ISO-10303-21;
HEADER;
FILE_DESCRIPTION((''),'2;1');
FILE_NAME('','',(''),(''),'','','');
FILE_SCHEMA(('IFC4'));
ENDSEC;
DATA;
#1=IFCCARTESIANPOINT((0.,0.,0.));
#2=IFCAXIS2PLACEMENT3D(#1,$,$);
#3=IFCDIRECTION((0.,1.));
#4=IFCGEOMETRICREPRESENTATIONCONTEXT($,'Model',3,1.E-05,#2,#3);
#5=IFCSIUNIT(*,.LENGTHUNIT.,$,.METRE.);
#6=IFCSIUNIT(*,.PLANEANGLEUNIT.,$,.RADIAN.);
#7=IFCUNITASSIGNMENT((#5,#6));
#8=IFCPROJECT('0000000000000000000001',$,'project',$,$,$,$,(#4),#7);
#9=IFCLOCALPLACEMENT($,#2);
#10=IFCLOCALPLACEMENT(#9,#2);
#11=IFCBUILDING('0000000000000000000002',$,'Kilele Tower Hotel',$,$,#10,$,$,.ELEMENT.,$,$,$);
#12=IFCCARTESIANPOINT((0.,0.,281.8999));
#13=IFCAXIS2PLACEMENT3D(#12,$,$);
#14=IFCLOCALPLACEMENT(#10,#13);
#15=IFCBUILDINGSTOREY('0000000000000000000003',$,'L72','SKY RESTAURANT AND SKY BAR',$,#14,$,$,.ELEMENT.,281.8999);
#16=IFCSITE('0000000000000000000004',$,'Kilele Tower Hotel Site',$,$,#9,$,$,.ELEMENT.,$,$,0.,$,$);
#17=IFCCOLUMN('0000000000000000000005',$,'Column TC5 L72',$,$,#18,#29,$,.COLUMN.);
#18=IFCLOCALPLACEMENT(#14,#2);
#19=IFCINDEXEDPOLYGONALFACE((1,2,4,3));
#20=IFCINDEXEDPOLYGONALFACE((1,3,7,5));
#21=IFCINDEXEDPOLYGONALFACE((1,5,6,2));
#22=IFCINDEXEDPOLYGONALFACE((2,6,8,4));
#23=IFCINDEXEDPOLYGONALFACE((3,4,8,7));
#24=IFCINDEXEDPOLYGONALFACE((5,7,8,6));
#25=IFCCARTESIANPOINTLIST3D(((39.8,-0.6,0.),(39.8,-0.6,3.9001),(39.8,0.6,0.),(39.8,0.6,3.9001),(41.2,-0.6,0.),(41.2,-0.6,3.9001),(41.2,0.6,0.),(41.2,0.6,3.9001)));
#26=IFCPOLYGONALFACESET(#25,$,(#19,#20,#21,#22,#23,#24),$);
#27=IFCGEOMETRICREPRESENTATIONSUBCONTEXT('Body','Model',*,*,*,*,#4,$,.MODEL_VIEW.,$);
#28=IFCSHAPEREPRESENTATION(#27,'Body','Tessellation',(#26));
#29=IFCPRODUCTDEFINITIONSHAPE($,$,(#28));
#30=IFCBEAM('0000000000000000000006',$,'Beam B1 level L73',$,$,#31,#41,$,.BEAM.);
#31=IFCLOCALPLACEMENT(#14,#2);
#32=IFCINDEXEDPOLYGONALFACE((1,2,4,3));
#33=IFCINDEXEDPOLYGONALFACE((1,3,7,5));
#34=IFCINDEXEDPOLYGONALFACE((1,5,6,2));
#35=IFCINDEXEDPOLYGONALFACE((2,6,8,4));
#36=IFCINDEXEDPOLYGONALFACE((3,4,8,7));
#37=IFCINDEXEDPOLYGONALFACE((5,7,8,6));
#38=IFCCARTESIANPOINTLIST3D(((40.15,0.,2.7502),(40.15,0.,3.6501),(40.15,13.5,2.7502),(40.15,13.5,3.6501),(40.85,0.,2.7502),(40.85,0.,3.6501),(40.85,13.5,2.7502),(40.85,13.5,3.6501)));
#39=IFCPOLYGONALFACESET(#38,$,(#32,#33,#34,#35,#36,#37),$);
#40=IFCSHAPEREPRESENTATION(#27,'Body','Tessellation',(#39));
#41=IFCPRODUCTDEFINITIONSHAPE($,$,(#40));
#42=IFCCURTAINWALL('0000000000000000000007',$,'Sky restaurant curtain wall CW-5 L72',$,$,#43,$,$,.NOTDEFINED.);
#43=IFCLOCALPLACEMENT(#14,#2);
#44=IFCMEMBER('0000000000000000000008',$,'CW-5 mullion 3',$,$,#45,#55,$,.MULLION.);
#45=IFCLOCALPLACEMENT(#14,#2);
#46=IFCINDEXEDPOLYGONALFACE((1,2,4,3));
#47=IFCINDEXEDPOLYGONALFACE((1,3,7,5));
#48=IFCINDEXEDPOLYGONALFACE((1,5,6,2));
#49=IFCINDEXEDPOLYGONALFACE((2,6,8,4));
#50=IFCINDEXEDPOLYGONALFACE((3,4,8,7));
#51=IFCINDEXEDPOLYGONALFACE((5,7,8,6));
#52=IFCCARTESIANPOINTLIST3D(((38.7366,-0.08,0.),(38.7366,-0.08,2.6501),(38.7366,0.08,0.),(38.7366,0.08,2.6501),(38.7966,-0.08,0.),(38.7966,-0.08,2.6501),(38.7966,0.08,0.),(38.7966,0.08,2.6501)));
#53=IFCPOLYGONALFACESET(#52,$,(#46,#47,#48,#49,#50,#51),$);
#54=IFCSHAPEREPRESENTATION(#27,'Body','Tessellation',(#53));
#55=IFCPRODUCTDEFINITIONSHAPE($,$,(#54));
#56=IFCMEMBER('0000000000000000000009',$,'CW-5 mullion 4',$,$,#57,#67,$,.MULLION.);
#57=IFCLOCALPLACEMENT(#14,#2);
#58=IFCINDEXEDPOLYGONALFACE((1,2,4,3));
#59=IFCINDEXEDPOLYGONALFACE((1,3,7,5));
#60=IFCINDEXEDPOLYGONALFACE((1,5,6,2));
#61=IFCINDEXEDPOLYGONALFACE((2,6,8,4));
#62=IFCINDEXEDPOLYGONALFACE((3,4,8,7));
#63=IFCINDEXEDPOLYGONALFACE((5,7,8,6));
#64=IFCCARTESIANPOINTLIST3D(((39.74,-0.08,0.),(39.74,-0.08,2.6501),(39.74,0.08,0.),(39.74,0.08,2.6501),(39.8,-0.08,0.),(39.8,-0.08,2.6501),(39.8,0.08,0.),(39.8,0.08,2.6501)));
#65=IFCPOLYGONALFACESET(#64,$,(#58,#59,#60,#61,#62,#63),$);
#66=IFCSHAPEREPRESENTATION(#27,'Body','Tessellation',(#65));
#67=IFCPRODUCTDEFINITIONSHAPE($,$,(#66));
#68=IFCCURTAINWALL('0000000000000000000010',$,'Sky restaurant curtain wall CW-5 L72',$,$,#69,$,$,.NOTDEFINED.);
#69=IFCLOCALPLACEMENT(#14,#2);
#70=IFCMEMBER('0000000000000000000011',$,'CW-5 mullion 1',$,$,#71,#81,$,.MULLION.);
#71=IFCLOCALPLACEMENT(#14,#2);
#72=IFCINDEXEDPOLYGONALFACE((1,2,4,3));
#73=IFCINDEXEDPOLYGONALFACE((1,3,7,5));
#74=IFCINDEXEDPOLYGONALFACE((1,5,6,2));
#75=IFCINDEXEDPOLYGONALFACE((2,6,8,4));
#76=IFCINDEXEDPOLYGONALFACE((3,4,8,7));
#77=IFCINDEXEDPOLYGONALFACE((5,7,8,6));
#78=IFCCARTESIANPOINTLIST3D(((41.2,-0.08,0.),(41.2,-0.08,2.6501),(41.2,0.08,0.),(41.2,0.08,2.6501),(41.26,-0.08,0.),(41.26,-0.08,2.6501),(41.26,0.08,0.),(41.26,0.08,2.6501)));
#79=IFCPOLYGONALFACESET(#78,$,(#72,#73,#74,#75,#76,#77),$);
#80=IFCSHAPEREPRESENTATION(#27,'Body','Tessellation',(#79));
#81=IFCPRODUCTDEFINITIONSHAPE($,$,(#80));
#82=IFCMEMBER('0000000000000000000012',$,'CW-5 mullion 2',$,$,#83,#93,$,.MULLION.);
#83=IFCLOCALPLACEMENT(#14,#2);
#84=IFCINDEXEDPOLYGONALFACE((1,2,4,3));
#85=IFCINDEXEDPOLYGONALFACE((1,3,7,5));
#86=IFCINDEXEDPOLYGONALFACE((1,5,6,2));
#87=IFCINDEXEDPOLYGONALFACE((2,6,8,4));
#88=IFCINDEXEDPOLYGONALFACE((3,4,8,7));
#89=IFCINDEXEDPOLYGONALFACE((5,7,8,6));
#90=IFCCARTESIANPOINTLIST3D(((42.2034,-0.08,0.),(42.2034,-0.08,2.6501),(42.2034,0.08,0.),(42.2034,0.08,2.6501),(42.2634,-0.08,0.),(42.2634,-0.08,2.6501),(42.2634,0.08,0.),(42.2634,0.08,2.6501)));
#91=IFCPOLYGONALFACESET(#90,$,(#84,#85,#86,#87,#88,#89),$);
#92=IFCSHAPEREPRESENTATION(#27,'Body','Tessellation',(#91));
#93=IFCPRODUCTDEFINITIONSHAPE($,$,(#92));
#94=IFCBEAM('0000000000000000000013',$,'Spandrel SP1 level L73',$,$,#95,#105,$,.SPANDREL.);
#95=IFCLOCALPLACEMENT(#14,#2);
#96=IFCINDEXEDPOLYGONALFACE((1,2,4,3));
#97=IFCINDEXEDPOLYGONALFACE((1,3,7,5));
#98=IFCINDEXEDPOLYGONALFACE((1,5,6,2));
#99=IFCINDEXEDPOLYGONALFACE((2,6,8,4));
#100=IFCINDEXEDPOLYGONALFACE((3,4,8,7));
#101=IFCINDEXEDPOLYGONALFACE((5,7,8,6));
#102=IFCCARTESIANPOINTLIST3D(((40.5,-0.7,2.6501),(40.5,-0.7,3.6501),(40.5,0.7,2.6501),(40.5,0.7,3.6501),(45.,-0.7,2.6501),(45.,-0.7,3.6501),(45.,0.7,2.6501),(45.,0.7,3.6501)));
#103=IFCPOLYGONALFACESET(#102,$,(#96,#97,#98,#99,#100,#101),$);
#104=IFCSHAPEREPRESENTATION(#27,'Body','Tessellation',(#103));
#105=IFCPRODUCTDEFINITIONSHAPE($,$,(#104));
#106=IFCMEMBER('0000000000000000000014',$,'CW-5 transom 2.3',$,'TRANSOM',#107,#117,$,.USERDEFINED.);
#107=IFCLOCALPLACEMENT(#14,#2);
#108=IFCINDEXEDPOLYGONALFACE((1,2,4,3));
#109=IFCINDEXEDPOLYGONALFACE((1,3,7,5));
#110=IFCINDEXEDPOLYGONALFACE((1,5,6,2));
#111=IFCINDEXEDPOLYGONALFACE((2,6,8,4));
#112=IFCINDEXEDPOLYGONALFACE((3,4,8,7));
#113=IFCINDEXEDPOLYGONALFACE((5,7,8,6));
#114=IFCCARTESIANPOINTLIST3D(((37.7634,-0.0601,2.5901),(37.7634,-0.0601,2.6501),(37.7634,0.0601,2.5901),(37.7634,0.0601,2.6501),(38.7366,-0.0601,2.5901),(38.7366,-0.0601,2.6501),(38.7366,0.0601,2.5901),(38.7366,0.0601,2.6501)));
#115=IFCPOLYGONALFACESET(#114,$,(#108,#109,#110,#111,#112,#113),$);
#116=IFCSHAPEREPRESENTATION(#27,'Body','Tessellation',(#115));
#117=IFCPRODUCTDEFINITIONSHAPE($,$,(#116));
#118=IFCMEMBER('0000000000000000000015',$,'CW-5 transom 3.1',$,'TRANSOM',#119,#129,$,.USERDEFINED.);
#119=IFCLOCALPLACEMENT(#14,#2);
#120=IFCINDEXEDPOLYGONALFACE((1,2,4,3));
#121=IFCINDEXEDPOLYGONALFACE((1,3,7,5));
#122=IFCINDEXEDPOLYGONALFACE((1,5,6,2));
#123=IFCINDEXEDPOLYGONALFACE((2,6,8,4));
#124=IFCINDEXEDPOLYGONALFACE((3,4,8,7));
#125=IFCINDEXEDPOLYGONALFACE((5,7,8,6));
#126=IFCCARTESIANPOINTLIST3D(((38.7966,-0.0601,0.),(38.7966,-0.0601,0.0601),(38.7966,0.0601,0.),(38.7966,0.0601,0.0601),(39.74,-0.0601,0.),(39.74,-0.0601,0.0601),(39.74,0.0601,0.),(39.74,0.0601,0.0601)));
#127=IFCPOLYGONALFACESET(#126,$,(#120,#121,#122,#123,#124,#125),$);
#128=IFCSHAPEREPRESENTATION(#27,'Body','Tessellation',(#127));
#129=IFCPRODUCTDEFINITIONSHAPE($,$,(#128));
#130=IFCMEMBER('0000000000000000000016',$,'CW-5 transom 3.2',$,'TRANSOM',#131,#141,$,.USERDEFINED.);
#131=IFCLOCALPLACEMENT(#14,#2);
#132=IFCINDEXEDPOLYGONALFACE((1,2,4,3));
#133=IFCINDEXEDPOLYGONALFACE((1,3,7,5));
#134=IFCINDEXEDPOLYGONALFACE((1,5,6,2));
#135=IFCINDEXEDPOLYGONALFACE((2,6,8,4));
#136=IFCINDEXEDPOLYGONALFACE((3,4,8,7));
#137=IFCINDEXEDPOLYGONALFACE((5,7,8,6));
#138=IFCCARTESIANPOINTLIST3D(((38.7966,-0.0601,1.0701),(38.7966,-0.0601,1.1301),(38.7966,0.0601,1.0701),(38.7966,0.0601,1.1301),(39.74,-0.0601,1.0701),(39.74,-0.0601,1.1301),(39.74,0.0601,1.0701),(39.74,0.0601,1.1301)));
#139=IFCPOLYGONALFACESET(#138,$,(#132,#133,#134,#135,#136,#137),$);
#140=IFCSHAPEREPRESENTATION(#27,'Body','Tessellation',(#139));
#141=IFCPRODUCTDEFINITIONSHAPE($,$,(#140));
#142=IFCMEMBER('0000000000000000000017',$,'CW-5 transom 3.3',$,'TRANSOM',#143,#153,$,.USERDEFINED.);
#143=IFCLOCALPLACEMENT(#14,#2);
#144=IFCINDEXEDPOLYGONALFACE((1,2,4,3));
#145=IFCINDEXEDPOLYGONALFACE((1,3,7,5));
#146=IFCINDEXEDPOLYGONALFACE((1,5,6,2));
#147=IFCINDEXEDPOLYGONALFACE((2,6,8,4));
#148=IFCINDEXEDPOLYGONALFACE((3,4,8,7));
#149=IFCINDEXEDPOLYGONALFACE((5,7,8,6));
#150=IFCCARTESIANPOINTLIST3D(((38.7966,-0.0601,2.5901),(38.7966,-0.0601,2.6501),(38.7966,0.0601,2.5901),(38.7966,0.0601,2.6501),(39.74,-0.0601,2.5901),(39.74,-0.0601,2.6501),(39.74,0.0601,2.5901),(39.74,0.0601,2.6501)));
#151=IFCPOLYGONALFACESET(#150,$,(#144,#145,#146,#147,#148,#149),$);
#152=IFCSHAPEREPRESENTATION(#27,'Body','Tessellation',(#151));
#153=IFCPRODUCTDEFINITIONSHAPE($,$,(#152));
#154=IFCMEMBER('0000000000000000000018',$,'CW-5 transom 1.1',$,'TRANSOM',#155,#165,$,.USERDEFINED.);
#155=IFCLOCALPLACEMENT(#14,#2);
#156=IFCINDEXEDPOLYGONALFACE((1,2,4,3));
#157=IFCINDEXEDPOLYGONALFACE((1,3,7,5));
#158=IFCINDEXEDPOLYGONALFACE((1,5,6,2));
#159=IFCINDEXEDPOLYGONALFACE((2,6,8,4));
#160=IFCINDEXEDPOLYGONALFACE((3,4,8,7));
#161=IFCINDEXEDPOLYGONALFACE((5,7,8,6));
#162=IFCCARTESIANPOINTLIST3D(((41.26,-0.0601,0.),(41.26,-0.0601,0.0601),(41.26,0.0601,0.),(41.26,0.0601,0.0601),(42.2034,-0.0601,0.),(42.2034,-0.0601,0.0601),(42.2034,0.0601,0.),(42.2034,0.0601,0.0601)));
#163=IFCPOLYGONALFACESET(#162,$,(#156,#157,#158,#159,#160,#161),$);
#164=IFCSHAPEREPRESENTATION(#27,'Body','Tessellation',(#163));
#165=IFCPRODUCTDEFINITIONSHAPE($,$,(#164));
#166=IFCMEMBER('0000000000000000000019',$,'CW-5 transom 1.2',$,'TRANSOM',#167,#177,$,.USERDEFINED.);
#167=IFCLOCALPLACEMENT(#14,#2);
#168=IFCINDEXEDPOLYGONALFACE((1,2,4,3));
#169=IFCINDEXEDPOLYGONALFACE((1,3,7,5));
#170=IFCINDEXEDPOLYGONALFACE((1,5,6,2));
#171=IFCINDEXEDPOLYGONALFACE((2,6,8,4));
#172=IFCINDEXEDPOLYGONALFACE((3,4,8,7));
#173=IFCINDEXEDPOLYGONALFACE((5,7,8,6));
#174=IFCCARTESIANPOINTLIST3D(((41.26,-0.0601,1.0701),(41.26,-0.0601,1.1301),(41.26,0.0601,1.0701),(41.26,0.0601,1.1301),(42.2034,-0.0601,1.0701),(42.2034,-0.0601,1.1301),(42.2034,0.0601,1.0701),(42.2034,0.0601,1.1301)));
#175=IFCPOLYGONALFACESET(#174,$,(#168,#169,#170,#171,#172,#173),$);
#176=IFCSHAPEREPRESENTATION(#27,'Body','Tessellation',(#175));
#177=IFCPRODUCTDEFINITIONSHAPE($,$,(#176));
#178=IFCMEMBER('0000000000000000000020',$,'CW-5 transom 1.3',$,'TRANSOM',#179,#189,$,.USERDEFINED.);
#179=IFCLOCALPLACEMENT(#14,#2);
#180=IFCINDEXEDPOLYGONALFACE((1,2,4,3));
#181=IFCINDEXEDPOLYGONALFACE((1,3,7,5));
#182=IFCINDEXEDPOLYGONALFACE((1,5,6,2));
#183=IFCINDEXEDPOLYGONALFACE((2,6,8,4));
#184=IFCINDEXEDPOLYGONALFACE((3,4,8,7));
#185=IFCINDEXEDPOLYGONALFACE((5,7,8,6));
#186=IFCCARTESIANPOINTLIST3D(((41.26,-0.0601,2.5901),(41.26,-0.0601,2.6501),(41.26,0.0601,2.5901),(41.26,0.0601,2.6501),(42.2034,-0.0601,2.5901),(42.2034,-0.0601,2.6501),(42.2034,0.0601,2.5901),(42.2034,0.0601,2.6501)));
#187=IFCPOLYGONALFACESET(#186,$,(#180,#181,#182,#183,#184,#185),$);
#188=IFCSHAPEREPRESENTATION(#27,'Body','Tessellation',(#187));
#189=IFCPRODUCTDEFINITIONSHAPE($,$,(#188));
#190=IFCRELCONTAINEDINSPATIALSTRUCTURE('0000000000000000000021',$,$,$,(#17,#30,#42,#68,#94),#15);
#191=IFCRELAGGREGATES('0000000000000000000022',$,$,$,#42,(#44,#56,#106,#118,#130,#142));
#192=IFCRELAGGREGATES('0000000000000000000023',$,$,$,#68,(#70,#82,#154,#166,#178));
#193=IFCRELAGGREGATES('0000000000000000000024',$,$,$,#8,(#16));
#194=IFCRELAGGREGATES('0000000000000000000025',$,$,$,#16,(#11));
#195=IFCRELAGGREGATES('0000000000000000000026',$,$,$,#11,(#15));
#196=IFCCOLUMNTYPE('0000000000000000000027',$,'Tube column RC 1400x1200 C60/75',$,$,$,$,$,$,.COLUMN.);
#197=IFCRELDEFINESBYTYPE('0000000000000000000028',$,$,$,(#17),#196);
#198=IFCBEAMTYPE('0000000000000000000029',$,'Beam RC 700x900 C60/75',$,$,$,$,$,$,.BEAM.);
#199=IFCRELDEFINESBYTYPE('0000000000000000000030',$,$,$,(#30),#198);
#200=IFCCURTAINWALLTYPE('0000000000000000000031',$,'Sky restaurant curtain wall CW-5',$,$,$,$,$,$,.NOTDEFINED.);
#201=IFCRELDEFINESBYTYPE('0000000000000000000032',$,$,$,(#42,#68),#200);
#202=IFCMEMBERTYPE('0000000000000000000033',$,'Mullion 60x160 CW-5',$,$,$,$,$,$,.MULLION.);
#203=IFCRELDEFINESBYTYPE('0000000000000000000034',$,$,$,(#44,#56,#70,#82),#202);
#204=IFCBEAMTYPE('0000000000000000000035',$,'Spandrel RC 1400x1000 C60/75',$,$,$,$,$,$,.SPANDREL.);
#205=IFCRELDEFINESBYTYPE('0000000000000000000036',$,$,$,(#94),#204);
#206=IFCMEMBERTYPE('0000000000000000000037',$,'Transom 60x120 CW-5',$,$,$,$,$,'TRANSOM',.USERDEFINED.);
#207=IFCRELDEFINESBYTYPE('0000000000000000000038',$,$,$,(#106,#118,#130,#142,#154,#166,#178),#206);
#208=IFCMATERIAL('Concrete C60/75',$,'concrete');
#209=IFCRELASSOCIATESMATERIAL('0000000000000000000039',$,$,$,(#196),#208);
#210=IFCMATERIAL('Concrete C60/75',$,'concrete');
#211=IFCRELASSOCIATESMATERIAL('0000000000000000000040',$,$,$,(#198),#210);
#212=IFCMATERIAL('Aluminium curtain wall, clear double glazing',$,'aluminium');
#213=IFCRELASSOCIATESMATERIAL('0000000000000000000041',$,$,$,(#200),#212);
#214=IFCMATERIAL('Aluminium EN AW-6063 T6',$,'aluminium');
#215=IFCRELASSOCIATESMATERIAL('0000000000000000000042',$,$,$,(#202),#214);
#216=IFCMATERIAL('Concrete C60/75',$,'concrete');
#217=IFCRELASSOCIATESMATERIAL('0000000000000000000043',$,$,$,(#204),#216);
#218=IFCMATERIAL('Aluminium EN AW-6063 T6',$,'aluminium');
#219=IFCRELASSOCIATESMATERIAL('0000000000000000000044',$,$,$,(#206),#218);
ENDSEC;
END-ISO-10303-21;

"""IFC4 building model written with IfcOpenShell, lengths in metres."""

from ifc_helpers import new_model, si_unit, direction, frame, origin, origin_2d, place, context, subcontext, project, spatial, rectangle, extrude, material, material_profile, profile_set, type_object, element, aggregate, save


model = new_model("IFC4")

# Units and contexts
model_context = context("Model", 3, precision=1e-05, world=origin(), true_north=direction((0.0, 1.0)))
body_context = subcontext(model_context, "Body", "Model", "MODEL_VIEW")
ifc_project = project(units=[si_unit("LENGTHUNIT", "METRE"), si_unit("PLANEANGLEUNIT", "RADIAN")], contexts=[model_context])

# Site, building, storey
site_placement = place(None, origin())
site = spatial("IfcSite", under=ifc_project, at=site_placement, Name="Kilele Tower Hotel Site", CompositionType="ELEMENT", RefElevation=0.0)
building_placement = place(site_placement, origin())
building = spatial("IfcBuilding", under=site, at=building_placement, Name="Kilele Tower Hotel", CompositionType="ELEMENT")
storey_placement = place(building_placement, frame((0.0, 0.0, 281.8999)))
storey = spatial("IfcBuildingStorey", under=building, at=storey_placement, Name="L72", Description="SKY RESTAURANT AND SKY BAR", CompositionType="ELEMENT", Elevation=281.8999)

# Column
ifc_material_1 = material(Name="Concrete C60/75", Category="concrete")
ifc_material_profile_1 = material_profile(ifc_material_1, rectangle(XDim=1.3999, YDim=1.2, at=origin_2d()))
ifc_profile_set_1 = profile_set([ifc_material_profile_1], Name="Concrete C60/75")
column_type = type_object("IfcColumnType", Name="Tube column RC 1400x1200 C60/75", PredefinedType="COLUMN", material=ifc_profile_set_1)
column_placement = place(storey_placement, frame((40.5, 0.0, 0.0), z_axis=(0.0, 0.0, 1.0), x_axis=(1.0, 0.0, 0.0)))
element("IfcColumn", 1, at=column_placement, inside=storey, type_object=column_type, Name="Column TC5 L72", PredefinedType="COLUMN", context=body_context, shape_type="SweptSolid", body=[
    extrude(rectangle(XDim=1.3999, YDim=1.2, at=origin_2d()), origin(), (0.0, 0.0, 1.0), 3.9001),
])

# Beam
ifc_material_2 = material(Name="Concrete C60/75", Category="concrete")
ifc_material_profile_2 = material_profile(ifc_material_2, rectangle(XDim=0.7, YDim=0.8999, at=origin_2d()))
ifc_profile_set_2 = profile_set([ifc_material_profile_2], Name="Concrete C60/75")
beam_type_1 = type_object("IfcBeamType", Name="Beam RC 700x900 C60/75", PredefinedType="BEAM", material=ifc_profile_set_2)
beam_1_placement = place(storey_placement, frame((40.5, 0.0, 3.2002), z_axis=(0.0, 1.0, 0.0), x_axis=(-1.0, 0.0, 0.0)))
element("IfcBeam", 2, at=beam_1_placement, inside=storey, type_object=beam_type_1, Name="Beam B1 level L73", PredefinedType="BEAM", context=body_context, shape_type="SweptSolid", body=[
    extrude(rectangle(XDim=0.7, YDim=0.8999, at=origin_2d()), origin(), (0.0, 0.0, 1.0), 13.5),
])

# Curtain walls, members
ifc_material_3 = material(Name="Aluminium curtain wall, clear double glazing", Category="aluminium")
curtain_wall_type = type_object("IfcCurtainWallType", Name="Sky restaurant curtain wall CW-5", PredefinedType="NOTDEFINED", material=ifc_material_3)
curtain_wall_1_placement = place(storey_placement, origin())
curtain_wall_1 = element("IfcCurtainWall", 3, at=curtain_wall_1_placement, inside=storey, type_object=curtain_wall_type, Name="Sky restaurant curtain wall CW-5 L72", PredefinedType="NOTDEFINED")
ifc_material_4 = material(Name="Aluminium EN AW-6063 T6", Category="aluminium")
ifc_material_profile_3 = material_profile(ifc_material_4, rectangle(XDim=0.1599, YDim=0.0601, at=origin_2d()))
ifc_profile_set_3 = profile_set([ifc_material_profile_3], Name="Aluminium EN AW-6063 T6")
member_type_1 = type_object("IfcMemberType", Name="Mullion 60x160 CW-5", PredefinedType="MULLION", material=ifc_profile_set_3)
member_1_placement = place(storey_placement, frame((38.7666, 0.0, 0.0), z_axis=(0.0, 0.0, 1.0), x_axis=(0.0, 1.0, 0.0)))
member_1 = element("IfcMember", 4, at=member_1_placement, type_object=member_type_1, Name="CW-5 mullion 3", PredefinedType="MULLION", context=body_context, shape_type="SweptSolid", body=[
    extrude(rectangle(XDim=0.1599, YDim=0.0601, at=origin_2d()), origin(), (0.0, 0.0, 1.0), 2.6501),
])
member_2_placement = place(storey_placement, frame((39.77, 0.0, 0.0), z_axis=(0.0, 0.0, 1.0), x_axis=(0.0, 1.0, 0.0)))
member_2 = element("IfcMember", 5, at=member_2_placement, type_object=member_type_1, Name="CW-5 mullion 4", PredefinedType="MULLION", context=body_context, shape_type="SweptSolid", body=[
    extrude(rectangle(XDim=0.1599, YDim=0.0601, at=origin_2d()), origin(), (0.0, 0.0, 1.0), 2.6501),
])
curtain_wall_2_placement = place(storey_placement, origin())
curtain_wall_2 = element("IfcCurtainWall", 6, at=curtain_wall_2_placement, inside=storey, type_object=curtain_wall_type, Name="Sky restaurant curtain wall CW-5 L72", PredefinedType="NOTDEFINED")
member_3_placement = place(storey_placement, frame((41.23, 0.0, 0.0), z_axis=(0.0, 0.0, 1.0), x_axis=(0.0, 1.0, 0.0)))
member_3 = element("IfcMember", 7, at=member_3_placement, type_object=member_type_1, Name="CW-5 mullion 1", PredefinedType="MULLION", context=body_context, shape_type="SweptSolid", body=[
    extrude(rectangle(XDim=0.1599, YDim=0.0601, at=origin_2d()), origin(), (0.0, 0.0, 1.0), 2.6501),
])
member_4_placement = place(storey_placement, frame((42.2334, 0.0, 0.0), z_axis=(0.0, 0.0, 1.0), x_axis=(0.0, 1.0, 0.0)))
member_4 = element("IfcMember", 8, at=member_4_placement, type_object=member_type_1, Name="CW-5 mullion 2", PredefinedType="MULLION", context=body_context, shape_type="SweptSolid", body=[
    extrude(rectangle(XDim=0.1599, YDim=0.0601, at=origin_2d()), origin(), (0.0, 0.0, 1.0), 2.6501),
])

# Beam
ifc_material_5 = material(Name="Concrete C60/75", Category="concrete")
ifc_material_profile_4 = material_profile(ifc_material_5, rectangle(XDim=1.3999, YDim=1.0, at=origin_2d()))
ifc_profile_set_4 = profile_set([ifc_material_profile_4], Name="Concrete C60/75")
beam_type_2 = type_object("IfcBeamType", Name="Spandrel RC 1400x1000 C60/75", PredefinedType="SPANDREL", material=ifc_profile_set_4)
beam_2_placement = place(storey_placement, frame((40.5, 0.0, 3.1501), z_axis=(1.0, 0.0, 0.0), x_axis=(0.0, 1.0, 0.0)))
element("IfcBeam", 9, at=beam_2_placement, inside=storey, type_object=beam_type_2, Name="Spandrel SP1 level L73", PredefinedType="SPANDREL", context=body_context, shape_type="SweptSolid", body=[
    extrude(rectangle(XDim=1.3999, YDim=1.0, at=origin_2d()), origin(), (0.0, 0.0, 1.0), 4.5),
])

# Members
ifc_material_6 = material(Name="Aluminium EN AW-6063 T6", Category="aluminium")
ifc_material_profile_5 = material_profile(ifc_material_6, rectangle(XDim=0.1201, YDim=0.0601, at=origin_2d()))
ifc_profile_set_5 = profile_set([ifc_material_profile_5], Name="Aluminium EN AW-6063 T6")
member_type_2 = type_object("IfcMemberType", Name="Transom 60x120 CW-5", ElementType="TRANSOM", PredefinedType="USERDEFINED", material=ifc_profile_set_5)
member_5_placement = place(storey_placement, frame((37.7634, 0.0, 2.6201), z_axis=(1.0, 0.0, 0.0), x_axis=(0.0, 1.0, 0.0)))
member_5 = element("IfcMember", 10, at=member_5_placement, type_object=member_type_2, Name="CW-5 transom 2.3", ObjectType="TRANSOM", PredefinedType="USERDEFINED", context=body_context, shape_type="SweptSolid", body=[
    extrude(rectangle(XDim=0.1201, YDim=0.0601, at=origin_2d()), origin(), (0.0, 0.0, 1.0), 0.9731),
])
member_6_placement = place(storey_placement, frame((38.7966, 0.0, 0.03), z_axis=(1.0, 0.0, 0.0), x_axis=(0.0, 1.0, 0.0)))
member_6 = element("IfcMember", 11, at=member_6_placement, type_object=member_type_2, Name="CW-5 transom 3.1", ObjectType="TRANSOM", PredefinedType="USERDEFINED", context=body_context, shape_type="SweptSolid", body=[
    extrude(rectangle(XDim=0.1201, YDim=0.0601, at=origin_2d()), origin(), (0.0, 0.0, 1.0), 0.9434),
])
member_7_placement = place(storey_placement, frame((38.7966, 0.0, 1.1001), z_axis=(1.0, 0.0, 0.0), x_axis=(0.0, 1.0, 0.0)))
member_7 = element("IfcMember", 12, at=member_7_placement, type_object=member_type_2, Name="CW-5 transom 3.2", ObjectType="TRANSOM", PredefinedType="USERDEFINED", context=body_context, shape_type="SweptSolid", body=[
    extrude(rectangle(XDim=0.1201, YDim=0.0601, at=origin_2d()), origin(), (0.0, 0.0, 1.0), 0.9434),
])
member_8_placement = place(storey_placement, frame((38.7966, 0.0, 2.6201), z_axis=(1.0, 0.0, 0.0), x_axis=(0.0, 1.0, 0.0)))
member_8 = element("IfcMember", 13, at=member_8_placement, type_object=member_type_2, Name="CW-5 transom 3.3", ObjectType="TRANSOM", PredefinedType="USERDEFINED", context=body_context, shape_type="SweptSolid", body=[
    extrude(rectangle(XDim=0.1201, YDim=0.0601, at=origin_2d()), origin(), (0.0, 0.0, 1.0), 0.9434),
])
member_9_placement = place(storey_placement, frame((41.26, 0.0, 0.03), z_axis=(1.0, 0.0, 0.0), x_axis=(0.0, 1.0, 0.0)))
member_9 = element("IfcMember", 14, at=member_9_placement, type_object=member_type_2, Name="CW-5 transom 1.1", ObjectType="TRANSOM", PredefinedType="USERDEFINED", context=body_context, shape_type="SweptSolid", body=[
    extrude(rectangle(XDim=0.1201, YDim=0.0601, at=origin_2d()), origin(), (0.0, 0.0, 1.0), 0.9434),
])
member_10_placement = place(storey_placement, frame((41.26, 0.0, 1.1001), z_axis=(1.0, 0.0, 0.0), x_axis=(0.0, 1.0, 0.0)))
member_10 = element("IfcMember", 15, at=member_10_placement, type_object=member_type_2, Name="CW-5 transom 1.2", ObjectType="TRANSOM", PredefinedType="USERDEFINED", context=body_context, shape_type="SweptSolid", body=[
    extrude(rectangle(XDim=0.1201, YDim=0.0601, at=origin_2d()), origin(), (0.0, 0.0, 1.0), 0.9434),
])
member_11_placement = place(storey_placement, frame((41.26, 0.0, 2.6201), z_axis=(1.0, 0.0, 0.0), x_axis=(0.0, 1.0, 0.0)))
member_11 = element("IfcMember", 16, at=member_11_placement, type_object=member_type_2, Name="CW-5 transom 1.3", ObjectType="TRANSOM", PredefinedType="USERDEFINED", context=body_context, shape_type="SweptSolid", body=[
    extrude(rectangle(XDim=0.1201, YDim=0.0601, at=origin_2d()), origin(), (0.0, 0.0, 1.0), 0.9434),
])

aggregate(curtain_wall_1, [member_1, member_2, member_5, member_6, member_7, member_8])
aggregate(curtain_wall_2, [member_3, member_4, member_9, member_10, member_11])

save(model, "model.ifc")
